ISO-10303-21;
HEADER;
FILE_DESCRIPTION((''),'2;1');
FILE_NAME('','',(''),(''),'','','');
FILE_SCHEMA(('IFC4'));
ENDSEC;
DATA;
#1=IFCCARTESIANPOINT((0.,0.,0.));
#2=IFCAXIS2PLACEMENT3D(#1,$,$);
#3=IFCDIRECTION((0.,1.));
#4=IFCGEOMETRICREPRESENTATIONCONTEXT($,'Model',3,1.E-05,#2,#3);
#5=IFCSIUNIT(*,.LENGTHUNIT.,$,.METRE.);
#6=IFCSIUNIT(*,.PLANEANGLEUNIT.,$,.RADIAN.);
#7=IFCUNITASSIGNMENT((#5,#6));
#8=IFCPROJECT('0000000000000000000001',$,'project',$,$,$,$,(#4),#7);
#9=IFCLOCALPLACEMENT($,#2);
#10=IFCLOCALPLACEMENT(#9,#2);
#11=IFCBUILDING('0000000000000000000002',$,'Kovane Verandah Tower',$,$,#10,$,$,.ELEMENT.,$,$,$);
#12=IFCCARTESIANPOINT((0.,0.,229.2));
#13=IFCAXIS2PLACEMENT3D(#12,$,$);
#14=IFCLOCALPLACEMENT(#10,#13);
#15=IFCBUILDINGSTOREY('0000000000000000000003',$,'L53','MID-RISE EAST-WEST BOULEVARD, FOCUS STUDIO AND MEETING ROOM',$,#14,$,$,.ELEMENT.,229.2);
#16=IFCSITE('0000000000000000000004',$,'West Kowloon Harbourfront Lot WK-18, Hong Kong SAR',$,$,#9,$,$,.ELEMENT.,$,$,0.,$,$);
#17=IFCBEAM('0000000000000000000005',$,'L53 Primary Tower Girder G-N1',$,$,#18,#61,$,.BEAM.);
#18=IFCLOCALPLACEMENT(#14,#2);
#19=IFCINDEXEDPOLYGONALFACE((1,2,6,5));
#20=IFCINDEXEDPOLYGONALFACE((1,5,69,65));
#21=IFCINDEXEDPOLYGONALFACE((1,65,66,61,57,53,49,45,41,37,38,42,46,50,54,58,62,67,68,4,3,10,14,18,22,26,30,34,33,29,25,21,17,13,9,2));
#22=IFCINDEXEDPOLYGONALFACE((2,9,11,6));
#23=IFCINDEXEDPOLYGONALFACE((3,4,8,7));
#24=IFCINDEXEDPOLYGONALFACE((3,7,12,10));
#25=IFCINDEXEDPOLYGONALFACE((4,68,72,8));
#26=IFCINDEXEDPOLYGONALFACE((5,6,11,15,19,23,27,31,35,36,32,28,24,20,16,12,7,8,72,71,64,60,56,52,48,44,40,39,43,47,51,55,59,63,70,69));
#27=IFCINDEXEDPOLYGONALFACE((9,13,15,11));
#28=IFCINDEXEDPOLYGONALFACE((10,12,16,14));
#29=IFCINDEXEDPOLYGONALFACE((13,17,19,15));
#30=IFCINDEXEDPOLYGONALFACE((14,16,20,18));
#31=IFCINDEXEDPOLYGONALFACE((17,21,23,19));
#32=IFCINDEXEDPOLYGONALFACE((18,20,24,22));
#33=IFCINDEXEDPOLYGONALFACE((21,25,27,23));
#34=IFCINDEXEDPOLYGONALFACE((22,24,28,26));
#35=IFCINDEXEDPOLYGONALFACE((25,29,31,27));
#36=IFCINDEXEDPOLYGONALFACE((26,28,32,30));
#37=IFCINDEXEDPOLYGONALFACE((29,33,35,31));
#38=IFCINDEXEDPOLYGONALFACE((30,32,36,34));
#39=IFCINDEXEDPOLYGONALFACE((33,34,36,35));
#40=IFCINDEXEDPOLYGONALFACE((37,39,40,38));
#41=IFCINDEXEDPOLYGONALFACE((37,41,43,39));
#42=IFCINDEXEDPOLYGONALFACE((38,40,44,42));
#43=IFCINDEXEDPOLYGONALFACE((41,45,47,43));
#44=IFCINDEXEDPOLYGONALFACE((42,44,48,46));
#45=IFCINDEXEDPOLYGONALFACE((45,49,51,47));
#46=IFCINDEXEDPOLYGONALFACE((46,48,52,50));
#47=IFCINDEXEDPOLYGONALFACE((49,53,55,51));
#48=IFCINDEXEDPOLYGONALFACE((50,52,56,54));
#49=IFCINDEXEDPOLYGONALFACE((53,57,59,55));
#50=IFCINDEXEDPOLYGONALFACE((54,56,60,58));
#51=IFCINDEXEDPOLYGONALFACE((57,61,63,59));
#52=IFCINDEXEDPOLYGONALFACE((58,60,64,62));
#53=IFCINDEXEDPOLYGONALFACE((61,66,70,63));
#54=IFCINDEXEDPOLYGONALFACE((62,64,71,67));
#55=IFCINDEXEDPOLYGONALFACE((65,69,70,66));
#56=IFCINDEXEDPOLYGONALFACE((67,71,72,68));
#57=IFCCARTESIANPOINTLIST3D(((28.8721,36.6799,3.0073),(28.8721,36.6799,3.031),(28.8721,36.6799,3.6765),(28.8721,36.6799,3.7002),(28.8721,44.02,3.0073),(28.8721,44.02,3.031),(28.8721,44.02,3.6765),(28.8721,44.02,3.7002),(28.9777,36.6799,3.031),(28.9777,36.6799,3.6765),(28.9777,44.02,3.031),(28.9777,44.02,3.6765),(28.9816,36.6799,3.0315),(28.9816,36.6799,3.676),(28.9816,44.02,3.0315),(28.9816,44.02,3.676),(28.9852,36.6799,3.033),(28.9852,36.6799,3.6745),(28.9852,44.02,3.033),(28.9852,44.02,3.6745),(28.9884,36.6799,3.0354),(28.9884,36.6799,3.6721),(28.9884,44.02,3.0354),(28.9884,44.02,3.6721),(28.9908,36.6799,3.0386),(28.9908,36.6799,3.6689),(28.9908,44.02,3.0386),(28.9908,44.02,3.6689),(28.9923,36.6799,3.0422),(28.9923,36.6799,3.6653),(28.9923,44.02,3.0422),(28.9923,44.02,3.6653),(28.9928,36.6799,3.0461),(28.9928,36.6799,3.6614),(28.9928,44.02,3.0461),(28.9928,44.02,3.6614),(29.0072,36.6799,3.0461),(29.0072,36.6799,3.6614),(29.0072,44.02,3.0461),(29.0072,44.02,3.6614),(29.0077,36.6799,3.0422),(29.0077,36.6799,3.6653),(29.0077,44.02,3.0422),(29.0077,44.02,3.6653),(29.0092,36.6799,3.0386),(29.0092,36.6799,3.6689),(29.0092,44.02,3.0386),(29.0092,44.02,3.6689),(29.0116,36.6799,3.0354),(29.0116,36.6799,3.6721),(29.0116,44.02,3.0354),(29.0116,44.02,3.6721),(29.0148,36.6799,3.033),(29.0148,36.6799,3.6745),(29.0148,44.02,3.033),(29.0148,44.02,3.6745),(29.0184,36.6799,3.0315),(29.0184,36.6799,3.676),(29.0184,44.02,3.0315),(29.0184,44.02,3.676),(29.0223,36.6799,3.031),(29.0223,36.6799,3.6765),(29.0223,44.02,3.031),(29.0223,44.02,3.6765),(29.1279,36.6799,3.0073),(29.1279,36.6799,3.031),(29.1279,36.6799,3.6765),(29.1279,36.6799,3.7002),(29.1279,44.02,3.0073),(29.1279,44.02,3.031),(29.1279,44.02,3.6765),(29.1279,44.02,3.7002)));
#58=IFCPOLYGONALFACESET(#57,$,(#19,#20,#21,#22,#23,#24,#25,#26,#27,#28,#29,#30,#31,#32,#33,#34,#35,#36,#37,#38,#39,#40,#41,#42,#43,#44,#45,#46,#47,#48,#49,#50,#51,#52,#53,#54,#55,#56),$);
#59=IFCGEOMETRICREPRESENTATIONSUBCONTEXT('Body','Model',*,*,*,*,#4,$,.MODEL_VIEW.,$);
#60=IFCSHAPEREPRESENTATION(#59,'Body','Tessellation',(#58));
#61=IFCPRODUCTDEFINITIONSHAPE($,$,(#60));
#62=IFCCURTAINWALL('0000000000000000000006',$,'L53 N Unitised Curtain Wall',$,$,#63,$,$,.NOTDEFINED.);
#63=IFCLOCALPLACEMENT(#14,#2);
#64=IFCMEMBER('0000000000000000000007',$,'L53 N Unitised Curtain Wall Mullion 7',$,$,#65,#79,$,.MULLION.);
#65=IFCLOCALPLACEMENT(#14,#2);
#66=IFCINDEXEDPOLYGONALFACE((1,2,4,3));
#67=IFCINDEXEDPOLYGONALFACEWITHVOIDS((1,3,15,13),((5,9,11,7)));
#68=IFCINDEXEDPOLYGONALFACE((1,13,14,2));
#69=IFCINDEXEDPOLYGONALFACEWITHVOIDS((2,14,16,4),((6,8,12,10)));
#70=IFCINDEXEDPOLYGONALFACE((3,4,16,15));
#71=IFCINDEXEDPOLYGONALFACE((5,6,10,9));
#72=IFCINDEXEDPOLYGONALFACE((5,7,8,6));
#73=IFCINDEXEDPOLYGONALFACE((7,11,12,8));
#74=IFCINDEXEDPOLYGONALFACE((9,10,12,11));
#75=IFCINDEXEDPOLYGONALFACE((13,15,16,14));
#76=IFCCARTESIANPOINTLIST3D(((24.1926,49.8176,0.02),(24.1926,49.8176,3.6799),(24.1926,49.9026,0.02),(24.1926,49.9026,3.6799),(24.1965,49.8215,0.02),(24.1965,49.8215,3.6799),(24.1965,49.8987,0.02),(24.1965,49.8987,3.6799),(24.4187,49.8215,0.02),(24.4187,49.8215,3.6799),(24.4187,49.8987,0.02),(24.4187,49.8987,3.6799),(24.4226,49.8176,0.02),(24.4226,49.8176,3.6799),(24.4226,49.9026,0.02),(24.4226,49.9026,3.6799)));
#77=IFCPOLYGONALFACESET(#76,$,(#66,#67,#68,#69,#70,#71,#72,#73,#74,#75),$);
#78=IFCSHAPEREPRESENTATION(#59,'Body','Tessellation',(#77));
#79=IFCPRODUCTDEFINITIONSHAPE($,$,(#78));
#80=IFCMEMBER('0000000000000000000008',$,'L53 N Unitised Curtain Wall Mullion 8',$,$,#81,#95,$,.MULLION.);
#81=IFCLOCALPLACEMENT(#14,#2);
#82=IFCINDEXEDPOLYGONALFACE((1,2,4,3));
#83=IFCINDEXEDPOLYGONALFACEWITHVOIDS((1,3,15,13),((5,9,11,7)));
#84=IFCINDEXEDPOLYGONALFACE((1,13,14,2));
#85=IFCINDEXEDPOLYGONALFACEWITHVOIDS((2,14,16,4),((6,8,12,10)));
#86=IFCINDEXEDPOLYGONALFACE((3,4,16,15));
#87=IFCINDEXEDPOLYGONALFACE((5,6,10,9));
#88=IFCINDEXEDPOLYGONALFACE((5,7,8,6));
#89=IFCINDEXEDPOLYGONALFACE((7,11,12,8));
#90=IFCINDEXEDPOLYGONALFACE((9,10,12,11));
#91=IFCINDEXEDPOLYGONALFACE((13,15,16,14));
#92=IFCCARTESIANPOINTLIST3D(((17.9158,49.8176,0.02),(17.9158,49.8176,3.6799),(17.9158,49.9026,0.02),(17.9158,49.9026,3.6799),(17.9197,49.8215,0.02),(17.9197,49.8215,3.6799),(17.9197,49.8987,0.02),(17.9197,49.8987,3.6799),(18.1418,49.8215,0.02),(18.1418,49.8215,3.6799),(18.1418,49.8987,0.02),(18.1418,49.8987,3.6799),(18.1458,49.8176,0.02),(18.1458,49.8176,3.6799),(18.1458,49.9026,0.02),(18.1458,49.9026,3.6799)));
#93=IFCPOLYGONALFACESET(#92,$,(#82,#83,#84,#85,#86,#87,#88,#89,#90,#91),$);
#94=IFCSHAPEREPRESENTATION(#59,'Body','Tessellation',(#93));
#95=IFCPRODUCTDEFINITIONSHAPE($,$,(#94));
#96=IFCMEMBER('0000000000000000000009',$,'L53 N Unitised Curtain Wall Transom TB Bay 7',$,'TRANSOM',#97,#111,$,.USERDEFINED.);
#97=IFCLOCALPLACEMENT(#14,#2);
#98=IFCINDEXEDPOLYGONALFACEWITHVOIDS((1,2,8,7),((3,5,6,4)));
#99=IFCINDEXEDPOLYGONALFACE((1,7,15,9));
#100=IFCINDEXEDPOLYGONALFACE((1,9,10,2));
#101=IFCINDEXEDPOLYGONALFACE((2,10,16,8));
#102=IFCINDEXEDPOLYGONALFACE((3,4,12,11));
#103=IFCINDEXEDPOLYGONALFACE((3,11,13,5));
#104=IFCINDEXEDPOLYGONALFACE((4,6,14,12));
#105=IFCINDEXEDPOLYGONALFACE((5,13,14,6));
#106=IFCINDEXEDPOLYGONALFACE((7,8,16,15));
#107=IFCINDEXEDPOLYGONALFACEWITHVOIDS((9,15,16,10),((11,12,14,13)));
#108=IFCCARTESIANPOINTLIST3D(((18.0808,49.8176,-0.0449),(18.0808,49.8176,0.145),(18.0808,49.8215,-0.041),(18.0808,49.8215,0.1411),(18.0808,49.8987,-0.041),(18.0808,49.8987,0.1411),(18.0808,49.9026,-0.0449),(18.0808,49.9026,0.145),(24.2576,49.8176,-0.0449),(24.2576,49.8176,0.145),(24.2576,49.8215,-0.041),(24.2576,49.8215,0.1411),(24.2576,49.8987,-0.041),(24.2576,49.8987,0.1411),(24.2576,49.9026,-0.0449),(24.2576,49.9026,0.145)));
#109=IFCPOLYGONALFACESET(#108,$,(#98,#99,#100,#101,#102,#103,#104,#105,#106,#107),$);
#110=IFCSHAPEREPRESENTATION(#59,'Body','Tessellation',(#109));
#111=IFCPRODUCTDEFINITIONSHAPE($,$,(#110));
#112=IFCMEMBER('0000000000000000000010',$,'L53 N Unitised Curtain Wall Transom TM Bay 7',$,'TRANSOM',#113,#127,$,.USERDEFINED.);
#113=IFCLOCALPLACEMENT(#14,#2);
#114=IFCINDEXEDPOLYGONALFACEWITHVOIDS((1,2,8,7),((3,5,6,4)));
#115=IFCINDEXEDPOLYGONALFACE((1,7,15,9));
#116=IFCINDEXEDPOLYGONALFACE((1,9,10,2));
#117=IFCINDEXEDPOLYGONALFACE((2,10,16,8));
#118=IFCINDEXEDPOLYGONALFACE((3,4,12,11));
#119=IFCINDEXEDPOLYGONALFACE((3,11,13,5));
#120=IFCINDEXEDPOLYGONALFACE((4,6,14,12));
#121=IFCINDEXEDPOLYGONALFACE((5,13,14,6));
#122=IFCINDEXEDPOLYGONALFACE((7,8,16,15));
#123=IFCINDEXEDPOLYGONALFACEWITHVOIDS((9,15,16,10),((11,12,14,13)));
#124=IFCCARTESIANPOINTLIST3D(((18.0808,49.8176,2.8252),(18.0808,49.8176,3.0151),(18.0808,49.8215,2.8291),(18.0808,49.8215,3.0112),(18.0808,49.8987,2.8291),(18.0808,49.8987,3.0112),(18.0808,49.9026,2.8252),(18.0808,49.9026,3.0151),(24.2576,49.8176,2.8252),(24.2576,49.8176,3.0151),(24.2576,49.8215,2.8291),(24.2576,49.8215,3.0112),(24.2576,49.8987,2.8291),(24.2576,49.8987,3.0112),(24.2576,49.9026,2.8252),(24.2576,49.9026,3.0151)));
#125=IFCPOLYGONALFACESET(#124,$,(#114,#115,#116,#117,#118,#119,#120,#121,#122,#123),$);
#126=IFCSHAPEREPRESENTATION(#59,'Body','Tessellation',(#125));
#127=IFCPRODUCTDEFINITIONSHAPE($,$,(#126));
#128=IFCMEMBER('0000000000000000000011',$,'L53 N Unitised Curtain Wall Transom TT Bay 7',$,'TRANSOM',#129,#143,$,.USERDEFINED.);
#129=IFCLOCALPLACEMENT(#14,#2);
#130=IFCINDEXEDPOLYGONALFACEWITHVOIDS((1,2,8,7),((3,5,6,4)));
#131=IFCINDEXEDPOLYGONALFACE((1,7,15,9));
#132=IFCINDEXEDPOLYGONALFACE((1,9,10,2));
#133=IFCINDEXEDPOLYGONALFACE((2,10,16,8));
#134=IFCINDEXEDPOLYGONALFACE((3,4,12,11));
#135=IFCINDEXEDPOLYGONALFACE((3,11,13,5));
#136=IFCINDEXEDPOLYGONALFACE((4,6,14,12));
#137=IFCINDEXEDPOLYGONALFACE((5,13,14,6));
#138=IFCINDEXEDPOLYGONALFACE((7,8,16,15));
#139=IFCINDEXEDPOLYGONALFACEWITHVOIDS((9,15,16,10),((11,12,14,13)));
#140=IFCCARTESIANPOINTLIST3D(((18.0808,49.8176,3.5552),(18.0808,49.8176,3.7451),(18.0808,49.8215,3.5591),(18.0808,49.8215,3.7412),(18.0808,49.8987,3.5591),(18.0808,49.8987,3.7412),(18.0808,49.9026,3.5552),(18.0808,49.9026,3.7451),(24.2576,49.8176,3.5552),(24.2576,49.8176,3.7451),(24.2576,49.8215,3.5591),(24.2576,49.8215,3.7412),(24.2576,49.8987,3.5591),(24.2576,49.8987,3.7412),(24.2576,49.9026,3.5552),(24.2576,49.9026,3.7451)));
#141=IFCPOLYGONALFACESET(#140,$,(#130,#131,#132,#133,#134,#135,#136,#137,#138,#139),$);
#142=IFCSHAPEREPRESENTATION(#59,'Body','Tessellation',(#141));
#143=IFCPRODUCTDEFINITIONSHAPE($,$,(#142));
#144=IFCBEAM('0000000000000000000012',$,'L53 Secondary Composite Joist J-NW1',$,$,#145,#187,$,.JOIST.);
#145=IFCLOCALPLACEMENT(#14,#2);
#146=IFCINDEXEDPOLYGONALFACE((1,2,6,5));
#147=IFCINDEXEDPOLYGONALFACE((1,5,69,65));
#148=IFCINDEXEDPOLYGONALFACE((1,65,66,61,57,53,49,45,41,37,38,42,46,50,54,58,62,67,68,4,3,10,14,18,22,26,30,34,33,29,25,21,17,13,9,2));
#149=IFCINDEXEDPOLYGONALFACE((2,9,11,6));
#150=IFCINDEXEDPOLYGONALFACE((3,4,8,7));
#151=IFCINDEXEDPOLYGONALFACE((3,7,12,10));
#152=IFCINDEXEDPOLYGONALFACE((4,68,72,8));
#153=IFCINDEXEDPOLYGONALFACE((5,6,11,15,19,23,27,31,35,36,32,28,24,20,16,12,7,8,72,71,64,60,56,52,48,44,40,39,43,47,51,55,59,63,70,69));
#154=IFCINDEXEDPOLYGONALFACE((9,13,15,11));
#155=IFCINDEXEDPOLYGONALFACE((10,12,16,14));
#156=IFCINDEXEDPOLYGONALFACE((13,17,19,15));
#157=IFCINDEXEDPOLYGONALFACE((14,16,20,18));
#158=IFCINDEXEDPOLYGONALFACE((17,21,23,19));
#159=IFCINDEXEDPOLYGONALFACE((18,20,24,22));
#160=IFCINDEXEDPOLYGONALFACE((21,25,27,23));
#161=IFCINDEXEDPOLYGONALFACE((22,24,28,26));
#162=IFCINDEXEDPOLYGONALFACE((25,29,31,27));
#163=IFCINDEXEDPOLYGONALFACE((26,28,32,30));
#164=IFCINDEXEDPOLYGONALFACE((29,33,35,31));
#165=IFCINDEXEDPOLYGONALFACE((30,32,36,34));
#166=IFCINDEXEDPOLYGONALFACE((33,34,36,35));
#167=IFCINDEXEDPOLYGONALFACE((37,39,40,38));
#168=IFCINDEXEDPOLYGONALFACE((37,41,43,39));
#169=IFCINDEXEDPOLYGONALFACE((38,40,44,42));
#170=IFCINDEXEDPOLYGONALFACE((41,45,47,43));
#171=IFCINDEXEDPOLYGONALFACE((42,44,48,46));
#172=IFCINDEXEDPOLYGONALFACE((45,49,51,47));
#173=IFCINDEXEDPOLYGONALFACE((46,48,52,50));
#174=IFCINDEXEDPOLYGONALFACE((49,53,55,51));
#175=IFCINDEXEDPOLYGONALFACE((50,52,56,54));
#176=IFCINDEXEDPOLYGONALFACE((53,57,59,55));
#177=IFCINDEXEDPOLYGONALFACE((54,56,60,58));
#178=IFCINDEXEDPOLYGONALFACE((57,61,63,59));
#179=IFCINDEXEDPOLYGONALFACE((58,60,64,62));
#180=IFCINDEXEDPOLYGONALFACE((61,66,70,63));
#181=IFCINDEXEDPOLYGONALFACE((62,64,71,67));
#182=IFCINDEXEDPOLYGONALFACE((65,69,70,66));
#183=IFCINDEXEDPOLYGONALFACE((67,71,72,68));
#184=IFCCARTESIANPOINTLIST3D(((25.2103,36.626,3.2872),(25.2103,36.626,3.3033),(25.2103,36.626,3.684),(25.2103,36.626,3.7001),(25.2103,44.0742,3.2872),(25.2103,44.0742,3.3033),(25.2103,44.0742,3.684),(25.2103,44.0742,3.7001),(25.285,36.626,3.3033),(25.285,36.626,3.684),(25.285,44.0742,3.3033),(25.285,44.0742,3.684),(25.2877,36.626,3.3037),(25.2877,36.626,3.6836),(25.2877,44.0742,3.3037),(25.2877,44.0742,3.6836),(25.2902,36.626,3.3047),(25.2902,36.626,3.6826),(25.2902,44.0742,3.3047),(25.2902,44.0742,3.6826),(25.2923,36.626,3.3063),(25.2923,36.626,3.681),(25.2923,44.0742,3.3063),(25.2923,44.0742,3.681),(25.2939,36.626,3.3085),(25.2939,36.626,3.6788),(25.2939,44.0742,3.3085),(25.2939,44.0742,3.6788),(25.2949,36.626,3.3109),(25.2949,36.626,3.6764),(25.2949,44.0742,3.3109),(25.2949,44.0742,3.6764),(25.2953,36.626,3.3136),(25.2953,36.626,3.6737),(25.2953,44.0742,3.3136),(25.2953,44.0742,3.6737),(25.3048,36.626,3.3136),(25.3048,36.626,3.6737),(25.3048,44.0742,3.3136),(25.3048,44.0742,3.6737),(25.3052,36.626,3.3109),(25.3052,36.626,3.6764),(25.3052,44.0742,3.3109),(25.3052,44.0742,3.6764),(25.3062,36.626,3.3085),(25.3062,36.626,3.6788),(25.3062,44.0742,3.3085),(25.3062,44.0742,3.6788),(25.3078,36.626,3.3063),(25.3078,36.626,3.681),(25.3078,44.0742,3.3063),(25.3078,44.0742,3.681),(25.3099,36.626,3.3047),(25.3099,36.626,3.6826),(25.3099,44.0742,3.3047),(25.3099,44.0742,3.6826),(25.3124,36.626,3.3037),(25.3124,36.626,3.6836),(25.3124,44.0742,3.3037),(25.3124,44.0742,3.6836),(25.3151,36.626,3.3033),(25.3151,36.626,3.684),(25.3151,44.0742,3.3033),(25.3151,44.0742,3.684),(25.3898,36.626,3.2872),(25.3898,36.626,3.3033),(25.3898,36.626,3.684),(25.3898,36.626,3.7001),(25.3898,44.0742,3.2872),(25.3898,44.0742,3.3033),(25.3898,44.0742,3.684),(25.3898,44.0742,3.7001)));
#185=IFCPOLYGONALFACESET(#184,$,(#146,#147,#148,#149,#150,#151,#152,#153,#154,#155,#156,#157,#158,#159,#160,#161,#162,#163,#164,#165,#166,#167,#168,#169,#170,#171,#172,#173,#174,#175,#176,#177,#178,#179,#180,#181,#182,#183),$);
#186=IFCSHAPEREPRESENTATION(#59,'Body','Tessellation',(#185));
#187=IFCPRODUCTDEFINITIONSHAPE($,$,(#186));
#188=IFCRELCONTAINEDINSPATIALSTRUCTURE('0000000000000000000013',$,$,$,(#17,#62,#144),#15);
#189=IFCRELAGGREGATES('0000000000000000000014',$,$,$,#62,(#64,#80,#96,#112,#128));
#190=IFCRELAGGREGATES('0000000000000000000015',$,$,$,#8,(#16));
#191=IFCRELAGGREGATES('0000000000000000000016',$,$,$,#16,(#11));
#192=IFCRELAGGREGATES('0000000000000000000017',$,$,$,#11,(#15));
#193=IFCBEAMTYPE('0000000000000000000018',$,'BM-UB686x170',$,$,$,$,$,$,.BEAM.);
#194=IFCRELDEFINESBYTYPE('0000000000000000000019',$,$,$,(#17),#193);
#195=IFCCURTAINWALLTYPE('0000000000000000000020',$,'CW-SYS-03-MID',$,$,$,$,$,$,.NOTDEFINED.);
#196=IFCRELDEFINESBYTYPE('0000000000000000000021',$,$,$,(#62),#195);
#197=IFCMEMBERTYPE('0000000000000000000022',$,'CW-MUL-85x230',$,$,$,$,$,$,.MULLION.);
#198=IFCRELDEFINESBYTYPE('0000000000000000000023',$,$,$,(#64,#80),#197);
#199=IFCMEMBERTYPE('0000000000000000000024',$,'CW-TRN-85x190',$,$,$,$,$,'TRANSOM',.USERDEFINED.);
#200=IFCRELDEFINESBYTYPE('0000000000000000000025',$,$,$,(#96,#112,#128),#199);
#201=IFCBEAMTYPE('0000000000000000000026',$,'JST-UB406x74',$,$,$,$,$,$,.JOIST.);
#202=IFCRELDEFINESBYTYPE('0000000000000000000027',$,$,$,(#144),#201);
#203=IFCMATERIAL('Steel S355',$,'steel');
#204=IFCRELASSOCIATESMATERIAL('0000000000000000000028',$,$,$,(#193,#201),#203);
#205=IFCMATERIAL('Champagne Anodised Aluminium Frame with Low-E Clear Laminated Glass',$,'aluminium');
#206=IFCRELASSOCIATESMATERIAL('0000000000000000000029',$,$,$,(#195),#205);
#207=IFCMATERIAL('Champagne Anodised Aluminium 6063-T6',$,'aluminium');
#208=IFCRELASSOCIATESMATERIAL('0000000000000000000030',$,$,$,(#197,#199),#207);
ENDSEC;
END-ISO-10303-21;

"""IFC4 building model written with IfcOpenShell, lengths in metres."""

from ifc_helpers import new_model, si_unit, direction, frame, origin, origin_2d, place, context, subcontext, project, spatial, hollow_rectangle, i_section, extrude, material, material_profile, profile_set, type_object, element, aggregate, save


model = new_model("IFC4")

# Units and contexts
model_context = context("Model", 3, precision=1e-05, world=origin(), true_north=direction((0.0, 1.0)))
body_context = subcontext(model_context, "Body", "Model", "MODEL_VIEW")
ifc_project = project(units=[si_unit("LENGTHUNIT", "METRE"), si_unit("PLANEANGLEUNIT", "RADIAN")], contexts=[model_context])

# Site, building, storey
site_placement = place(None, origin())
site = spatial("IfcSite", under=ifc_project, at=site_placement, Name="West Kowloon Harbourfront Lot WK-18, Hong Kong SAR", CompositionType="ELEMENT", RefElevation=0.0)
building_placement = place(site_placement, origin())
building = spatial("IfcBuilding", under=site, at=building_placement, Name="Kovane Verandah Tower", CompositionType="ELEMENT")
storey_placement = place(building_placement, frame((0.0, 0.0, 229.2)))
storey = spatial("IfcBuildingStorey", under=building, at=storey_placement, Name="L53", Description="MID-RISE EAST-WEST BOULEVARD, FOCUS STUDIO AND MEETING ROOM", CompositionType="ELEMENT", Elevation=229.2)

# Beam
ifc_material_1 = material(Name="Steel S355", Category="steel")
ifc_material_profile_1 = material_profile(ifc_material_1, i_section(OverallWidth=0.2559, OverallDepth=0.6929, WebThickness=0.0144, FlangeThickness=0.0237, FilletRadius=0.0151, at=origin_2d()), Name="UB686x254x170")
ifc_profile_set_1 = profile_set([ifc_material_profile_1], Name="Steel S355")
beam_type_1 = type_object("IfcBeamType", Name="BM-UB686x170", PredefinedType="BEAM", material=ifc_profile_set_1)
beam_1_placement = place(storey_placement, frame((29.0, 36.6799, 3.3538), z_axis=(0.0, 1.0, 0.0), x_axis=(-1.0, 0.0, 0.0)))
element("IfcBeam", 1, at=beam_1_placement, inside=storey, type_object=beam_type_1, Name="L53 Primary Tower Girder G-N1", PredefinedType="BEAM", context=body_context, shape_type="SweptSolid", body=[
    extrude(i_section(OverallWidth=0.2559, OverallDepth=0.6929, WebThickness=0.0144, FlangeThickness=0.0237, FilletRadius=0.0151, at=origin_2d()), origin(), (0.0, 0.0, 1.0), 7.3401),
])

# Curtain wall, members
ifc_material_2 = material(Name="Champagne Anodised Aluminium Frame with Low-E Clear Laminated Glass", Category="aluminium")
curtain_wall_type = type_object("IfcCurtainWallType", Name="CW-SYS-03-MID", PredefinedType="NOTDEFINED", material=ifc_material_2)
curtain_wall_placement = place(storey_placement, origin())
curtain_wall = element("IfcCurtainWall", 2, at=curtain_wall_placement, inside=storey, type_object=curtain_wall_type, Name="L53 N Unitised Curtain Wall", PredefinedType="NOTDEFINED")
ifc_material_3 = material(Name="Champagne Anodised Aluminium 6063-T6", Category="aluminium")
ifc_material_profile_2 = material_profile(ifc_material_3, hollow_rectangle(XDim=0.085, YDim=0.23, WallThickness=0.0039, at=origin_2d()), Name="AL85x230x4")
ifc_profile_set_2 = profile_set([ifc_material_profile_2], Name="Champagne Anodised Aluminium 6063-T6")
member_type_1 = type_object("IfcMemberType", Name="CW-MUL-85x230", PredefinedType="MULLION", material=ifc_profile_set_2)
member_1_placement = place(storey_placement, frame((24.3076, 49.8601, 0.02), z_axis=(0.0, 0.0, 1.0), x_axis=(0.0, 1.0, 0.0)))
member_1 = element("IfcMember", 3, at=member_1_placement, type_object=member_type_1, Name="L53 N Unitised Curtain Wall Mullion 7", PredefinedType="MULLION", context=body_context, shape_type="SweptSolid", body=[
    extrude(hollow_rectangle(XDim=0.085, YDim=0.23, WallThickness=0.0039, at=origin_2d()), origin(), (0.0, 0.0, 1.0), 3.6599),
])
member_2_placement = place(storey_placement, frame((18.0308, 49.8601, 0.02), z_axis=(0.0, 0.0, 1.0), x_axis=(0.0, 1.0, 0.0)))
member_2 = element("IfcMember", 4, at=member_2_placement, type_object=member_type_1, Name="L53 N Unitised Curtain Wall Mullion 8", PredefinedType="MULLION", context=body_context, shape_type="SweptSolid", body=[
    extrude(hollow_rectangle(XDim=0.085, YDim=0.23, WallThickness=0.0039, at=origin_2d()), origin(), (0.0, 0.0, 1.0), 3.6599),
])
ifc_material_profile_3 = material_profile(ifc_material_3, hollow_rectangle(XDim=0.085, YDim=0.1899, WallThickness=0.0039, at=origin_2d()), Name="AL85x190x4")
ifc_profile_set_3 = profile_set([ifc_material_profile_3], Name="Champagne Anodised Aluminium 6063-T6")
member_type_2 = type_object("IfcMemberType", Name="CW-TRN-85x190", ElementType="TRANSOM", PredefinedType="USERDEFINED", material=ifc_profile_set_3)
member_3_placement = place(storey_placement, frame((24.2576, 49.8601, 0.05), z_axis=(-1.0, 0.0, 0.0), x_axis=(0.0, -1.0, 0.0)))
member_3 = element("IfcMember", 5, at=member_3_placement, type_object=member_type_2, Name="L53 N Unitised Curtain Wall Transom TB Bay 7", ObjectType="TRANSOM", PredefinedType="USERDEFINED", context=body_context, shape_type="SweptSolid", body=[
    extrude(hollow_rectangle(XDim=0.085, YDim=0.1899, WallThickness=0.0039, at=origin_2d()), origin(), (0.0, 0.0, 1.0), 6.1768),
])
member_4_placement = place(storey_placement, frame((24.2576, 49.8601, 2.9202), z_axis=(-1.0, 0.0, 0.0), x_axis=(0.0, -1.0, 0.0)))
member_4 = element("IfcMember", 6, at=member_4_placement, type_object=member_type_2, Name="L53 N Unitised Curtain Wall Transom TM Bay 7", ObjectType="TRANSOM", PredefinedType="USERDEFINED", context=body_context, shape_type="SweptSolid", body=[
    extrude(hollow_rectangle(XDim=0.085, YDim=0.1899, WallThickness=0.0039, at=origin_2d()), origin(), (0.0, 0.0, 1.0), 6.1768),
])
member_5_placement = place(storey_placement, frame((24.2576, 49.8601, 3.6501), z_axis=(-1.0, 0.0, 0.0), x_axis=(0.0, -1.0, 0.0)))
member_5 = element("IfcMember", 7, at=member_5_placement, type_object=member_type_2, Name="L53 N Unitised Curtain Wall Transom TT Bay 7", ObjectType="TRANSOM", PredefinedType="USERDEFINED", context=body_context, shape_type="SweptSolid", body=[
    extrude(hollow_rectangle(XDim=0.085, YDim=0.1899, WallThickness=0.0039, at=origin_2d()), origin(), (0.0, 0.0, 1.0), 6.1768),
])

# Beam
ifc_material_profile_4 = material_profile(ifc_material_1, i_section(OverallWidth=0.1794, OverallDepth=0.4128, WebThickness=0.0095, FlangeThickness=0.0161, FilletRadius=0.0103, at=origin_2d()), Name="UB406x178x74")
ifc_profile_set_4 = profile_set([ifc_material_profile_4], Name="Steel S355")
beam_type_2 = type_object("IfcBeamType", Name="JST-UB406x74", PredefinedType="JOIST", material=ifc_profile_set_4)
beam_2_placement = place(storey_placement, frame((25.3, 36.626, 3.4937), z_axis=(0.0, 1.0, 0.0), x_axis=(-1.0, 0.0, 0.0)))
element("IfcBeam", 8, at=beam_2_placement, inside=storey, type_object=beam_type_2, Name="L53 Secondary Composite Joist J-NW1", PredefinedType="JOIST", context=body_context, shape_type="SweptSolid", body=[
    extrude(i_section(OverallWidth=0.1794, OverallDepth=0.4128, WebThickness=0.0095, FlangeThickness=0.0161, FilletRadius=0.0103, at=origin_2d()), origin(), (0.0, 0.0, 1.0), 7.4482),
])

aggregate(curtain_wall, [member_1, member_2, member_3, member_4, member_5])

save(model, "model.ifc")
